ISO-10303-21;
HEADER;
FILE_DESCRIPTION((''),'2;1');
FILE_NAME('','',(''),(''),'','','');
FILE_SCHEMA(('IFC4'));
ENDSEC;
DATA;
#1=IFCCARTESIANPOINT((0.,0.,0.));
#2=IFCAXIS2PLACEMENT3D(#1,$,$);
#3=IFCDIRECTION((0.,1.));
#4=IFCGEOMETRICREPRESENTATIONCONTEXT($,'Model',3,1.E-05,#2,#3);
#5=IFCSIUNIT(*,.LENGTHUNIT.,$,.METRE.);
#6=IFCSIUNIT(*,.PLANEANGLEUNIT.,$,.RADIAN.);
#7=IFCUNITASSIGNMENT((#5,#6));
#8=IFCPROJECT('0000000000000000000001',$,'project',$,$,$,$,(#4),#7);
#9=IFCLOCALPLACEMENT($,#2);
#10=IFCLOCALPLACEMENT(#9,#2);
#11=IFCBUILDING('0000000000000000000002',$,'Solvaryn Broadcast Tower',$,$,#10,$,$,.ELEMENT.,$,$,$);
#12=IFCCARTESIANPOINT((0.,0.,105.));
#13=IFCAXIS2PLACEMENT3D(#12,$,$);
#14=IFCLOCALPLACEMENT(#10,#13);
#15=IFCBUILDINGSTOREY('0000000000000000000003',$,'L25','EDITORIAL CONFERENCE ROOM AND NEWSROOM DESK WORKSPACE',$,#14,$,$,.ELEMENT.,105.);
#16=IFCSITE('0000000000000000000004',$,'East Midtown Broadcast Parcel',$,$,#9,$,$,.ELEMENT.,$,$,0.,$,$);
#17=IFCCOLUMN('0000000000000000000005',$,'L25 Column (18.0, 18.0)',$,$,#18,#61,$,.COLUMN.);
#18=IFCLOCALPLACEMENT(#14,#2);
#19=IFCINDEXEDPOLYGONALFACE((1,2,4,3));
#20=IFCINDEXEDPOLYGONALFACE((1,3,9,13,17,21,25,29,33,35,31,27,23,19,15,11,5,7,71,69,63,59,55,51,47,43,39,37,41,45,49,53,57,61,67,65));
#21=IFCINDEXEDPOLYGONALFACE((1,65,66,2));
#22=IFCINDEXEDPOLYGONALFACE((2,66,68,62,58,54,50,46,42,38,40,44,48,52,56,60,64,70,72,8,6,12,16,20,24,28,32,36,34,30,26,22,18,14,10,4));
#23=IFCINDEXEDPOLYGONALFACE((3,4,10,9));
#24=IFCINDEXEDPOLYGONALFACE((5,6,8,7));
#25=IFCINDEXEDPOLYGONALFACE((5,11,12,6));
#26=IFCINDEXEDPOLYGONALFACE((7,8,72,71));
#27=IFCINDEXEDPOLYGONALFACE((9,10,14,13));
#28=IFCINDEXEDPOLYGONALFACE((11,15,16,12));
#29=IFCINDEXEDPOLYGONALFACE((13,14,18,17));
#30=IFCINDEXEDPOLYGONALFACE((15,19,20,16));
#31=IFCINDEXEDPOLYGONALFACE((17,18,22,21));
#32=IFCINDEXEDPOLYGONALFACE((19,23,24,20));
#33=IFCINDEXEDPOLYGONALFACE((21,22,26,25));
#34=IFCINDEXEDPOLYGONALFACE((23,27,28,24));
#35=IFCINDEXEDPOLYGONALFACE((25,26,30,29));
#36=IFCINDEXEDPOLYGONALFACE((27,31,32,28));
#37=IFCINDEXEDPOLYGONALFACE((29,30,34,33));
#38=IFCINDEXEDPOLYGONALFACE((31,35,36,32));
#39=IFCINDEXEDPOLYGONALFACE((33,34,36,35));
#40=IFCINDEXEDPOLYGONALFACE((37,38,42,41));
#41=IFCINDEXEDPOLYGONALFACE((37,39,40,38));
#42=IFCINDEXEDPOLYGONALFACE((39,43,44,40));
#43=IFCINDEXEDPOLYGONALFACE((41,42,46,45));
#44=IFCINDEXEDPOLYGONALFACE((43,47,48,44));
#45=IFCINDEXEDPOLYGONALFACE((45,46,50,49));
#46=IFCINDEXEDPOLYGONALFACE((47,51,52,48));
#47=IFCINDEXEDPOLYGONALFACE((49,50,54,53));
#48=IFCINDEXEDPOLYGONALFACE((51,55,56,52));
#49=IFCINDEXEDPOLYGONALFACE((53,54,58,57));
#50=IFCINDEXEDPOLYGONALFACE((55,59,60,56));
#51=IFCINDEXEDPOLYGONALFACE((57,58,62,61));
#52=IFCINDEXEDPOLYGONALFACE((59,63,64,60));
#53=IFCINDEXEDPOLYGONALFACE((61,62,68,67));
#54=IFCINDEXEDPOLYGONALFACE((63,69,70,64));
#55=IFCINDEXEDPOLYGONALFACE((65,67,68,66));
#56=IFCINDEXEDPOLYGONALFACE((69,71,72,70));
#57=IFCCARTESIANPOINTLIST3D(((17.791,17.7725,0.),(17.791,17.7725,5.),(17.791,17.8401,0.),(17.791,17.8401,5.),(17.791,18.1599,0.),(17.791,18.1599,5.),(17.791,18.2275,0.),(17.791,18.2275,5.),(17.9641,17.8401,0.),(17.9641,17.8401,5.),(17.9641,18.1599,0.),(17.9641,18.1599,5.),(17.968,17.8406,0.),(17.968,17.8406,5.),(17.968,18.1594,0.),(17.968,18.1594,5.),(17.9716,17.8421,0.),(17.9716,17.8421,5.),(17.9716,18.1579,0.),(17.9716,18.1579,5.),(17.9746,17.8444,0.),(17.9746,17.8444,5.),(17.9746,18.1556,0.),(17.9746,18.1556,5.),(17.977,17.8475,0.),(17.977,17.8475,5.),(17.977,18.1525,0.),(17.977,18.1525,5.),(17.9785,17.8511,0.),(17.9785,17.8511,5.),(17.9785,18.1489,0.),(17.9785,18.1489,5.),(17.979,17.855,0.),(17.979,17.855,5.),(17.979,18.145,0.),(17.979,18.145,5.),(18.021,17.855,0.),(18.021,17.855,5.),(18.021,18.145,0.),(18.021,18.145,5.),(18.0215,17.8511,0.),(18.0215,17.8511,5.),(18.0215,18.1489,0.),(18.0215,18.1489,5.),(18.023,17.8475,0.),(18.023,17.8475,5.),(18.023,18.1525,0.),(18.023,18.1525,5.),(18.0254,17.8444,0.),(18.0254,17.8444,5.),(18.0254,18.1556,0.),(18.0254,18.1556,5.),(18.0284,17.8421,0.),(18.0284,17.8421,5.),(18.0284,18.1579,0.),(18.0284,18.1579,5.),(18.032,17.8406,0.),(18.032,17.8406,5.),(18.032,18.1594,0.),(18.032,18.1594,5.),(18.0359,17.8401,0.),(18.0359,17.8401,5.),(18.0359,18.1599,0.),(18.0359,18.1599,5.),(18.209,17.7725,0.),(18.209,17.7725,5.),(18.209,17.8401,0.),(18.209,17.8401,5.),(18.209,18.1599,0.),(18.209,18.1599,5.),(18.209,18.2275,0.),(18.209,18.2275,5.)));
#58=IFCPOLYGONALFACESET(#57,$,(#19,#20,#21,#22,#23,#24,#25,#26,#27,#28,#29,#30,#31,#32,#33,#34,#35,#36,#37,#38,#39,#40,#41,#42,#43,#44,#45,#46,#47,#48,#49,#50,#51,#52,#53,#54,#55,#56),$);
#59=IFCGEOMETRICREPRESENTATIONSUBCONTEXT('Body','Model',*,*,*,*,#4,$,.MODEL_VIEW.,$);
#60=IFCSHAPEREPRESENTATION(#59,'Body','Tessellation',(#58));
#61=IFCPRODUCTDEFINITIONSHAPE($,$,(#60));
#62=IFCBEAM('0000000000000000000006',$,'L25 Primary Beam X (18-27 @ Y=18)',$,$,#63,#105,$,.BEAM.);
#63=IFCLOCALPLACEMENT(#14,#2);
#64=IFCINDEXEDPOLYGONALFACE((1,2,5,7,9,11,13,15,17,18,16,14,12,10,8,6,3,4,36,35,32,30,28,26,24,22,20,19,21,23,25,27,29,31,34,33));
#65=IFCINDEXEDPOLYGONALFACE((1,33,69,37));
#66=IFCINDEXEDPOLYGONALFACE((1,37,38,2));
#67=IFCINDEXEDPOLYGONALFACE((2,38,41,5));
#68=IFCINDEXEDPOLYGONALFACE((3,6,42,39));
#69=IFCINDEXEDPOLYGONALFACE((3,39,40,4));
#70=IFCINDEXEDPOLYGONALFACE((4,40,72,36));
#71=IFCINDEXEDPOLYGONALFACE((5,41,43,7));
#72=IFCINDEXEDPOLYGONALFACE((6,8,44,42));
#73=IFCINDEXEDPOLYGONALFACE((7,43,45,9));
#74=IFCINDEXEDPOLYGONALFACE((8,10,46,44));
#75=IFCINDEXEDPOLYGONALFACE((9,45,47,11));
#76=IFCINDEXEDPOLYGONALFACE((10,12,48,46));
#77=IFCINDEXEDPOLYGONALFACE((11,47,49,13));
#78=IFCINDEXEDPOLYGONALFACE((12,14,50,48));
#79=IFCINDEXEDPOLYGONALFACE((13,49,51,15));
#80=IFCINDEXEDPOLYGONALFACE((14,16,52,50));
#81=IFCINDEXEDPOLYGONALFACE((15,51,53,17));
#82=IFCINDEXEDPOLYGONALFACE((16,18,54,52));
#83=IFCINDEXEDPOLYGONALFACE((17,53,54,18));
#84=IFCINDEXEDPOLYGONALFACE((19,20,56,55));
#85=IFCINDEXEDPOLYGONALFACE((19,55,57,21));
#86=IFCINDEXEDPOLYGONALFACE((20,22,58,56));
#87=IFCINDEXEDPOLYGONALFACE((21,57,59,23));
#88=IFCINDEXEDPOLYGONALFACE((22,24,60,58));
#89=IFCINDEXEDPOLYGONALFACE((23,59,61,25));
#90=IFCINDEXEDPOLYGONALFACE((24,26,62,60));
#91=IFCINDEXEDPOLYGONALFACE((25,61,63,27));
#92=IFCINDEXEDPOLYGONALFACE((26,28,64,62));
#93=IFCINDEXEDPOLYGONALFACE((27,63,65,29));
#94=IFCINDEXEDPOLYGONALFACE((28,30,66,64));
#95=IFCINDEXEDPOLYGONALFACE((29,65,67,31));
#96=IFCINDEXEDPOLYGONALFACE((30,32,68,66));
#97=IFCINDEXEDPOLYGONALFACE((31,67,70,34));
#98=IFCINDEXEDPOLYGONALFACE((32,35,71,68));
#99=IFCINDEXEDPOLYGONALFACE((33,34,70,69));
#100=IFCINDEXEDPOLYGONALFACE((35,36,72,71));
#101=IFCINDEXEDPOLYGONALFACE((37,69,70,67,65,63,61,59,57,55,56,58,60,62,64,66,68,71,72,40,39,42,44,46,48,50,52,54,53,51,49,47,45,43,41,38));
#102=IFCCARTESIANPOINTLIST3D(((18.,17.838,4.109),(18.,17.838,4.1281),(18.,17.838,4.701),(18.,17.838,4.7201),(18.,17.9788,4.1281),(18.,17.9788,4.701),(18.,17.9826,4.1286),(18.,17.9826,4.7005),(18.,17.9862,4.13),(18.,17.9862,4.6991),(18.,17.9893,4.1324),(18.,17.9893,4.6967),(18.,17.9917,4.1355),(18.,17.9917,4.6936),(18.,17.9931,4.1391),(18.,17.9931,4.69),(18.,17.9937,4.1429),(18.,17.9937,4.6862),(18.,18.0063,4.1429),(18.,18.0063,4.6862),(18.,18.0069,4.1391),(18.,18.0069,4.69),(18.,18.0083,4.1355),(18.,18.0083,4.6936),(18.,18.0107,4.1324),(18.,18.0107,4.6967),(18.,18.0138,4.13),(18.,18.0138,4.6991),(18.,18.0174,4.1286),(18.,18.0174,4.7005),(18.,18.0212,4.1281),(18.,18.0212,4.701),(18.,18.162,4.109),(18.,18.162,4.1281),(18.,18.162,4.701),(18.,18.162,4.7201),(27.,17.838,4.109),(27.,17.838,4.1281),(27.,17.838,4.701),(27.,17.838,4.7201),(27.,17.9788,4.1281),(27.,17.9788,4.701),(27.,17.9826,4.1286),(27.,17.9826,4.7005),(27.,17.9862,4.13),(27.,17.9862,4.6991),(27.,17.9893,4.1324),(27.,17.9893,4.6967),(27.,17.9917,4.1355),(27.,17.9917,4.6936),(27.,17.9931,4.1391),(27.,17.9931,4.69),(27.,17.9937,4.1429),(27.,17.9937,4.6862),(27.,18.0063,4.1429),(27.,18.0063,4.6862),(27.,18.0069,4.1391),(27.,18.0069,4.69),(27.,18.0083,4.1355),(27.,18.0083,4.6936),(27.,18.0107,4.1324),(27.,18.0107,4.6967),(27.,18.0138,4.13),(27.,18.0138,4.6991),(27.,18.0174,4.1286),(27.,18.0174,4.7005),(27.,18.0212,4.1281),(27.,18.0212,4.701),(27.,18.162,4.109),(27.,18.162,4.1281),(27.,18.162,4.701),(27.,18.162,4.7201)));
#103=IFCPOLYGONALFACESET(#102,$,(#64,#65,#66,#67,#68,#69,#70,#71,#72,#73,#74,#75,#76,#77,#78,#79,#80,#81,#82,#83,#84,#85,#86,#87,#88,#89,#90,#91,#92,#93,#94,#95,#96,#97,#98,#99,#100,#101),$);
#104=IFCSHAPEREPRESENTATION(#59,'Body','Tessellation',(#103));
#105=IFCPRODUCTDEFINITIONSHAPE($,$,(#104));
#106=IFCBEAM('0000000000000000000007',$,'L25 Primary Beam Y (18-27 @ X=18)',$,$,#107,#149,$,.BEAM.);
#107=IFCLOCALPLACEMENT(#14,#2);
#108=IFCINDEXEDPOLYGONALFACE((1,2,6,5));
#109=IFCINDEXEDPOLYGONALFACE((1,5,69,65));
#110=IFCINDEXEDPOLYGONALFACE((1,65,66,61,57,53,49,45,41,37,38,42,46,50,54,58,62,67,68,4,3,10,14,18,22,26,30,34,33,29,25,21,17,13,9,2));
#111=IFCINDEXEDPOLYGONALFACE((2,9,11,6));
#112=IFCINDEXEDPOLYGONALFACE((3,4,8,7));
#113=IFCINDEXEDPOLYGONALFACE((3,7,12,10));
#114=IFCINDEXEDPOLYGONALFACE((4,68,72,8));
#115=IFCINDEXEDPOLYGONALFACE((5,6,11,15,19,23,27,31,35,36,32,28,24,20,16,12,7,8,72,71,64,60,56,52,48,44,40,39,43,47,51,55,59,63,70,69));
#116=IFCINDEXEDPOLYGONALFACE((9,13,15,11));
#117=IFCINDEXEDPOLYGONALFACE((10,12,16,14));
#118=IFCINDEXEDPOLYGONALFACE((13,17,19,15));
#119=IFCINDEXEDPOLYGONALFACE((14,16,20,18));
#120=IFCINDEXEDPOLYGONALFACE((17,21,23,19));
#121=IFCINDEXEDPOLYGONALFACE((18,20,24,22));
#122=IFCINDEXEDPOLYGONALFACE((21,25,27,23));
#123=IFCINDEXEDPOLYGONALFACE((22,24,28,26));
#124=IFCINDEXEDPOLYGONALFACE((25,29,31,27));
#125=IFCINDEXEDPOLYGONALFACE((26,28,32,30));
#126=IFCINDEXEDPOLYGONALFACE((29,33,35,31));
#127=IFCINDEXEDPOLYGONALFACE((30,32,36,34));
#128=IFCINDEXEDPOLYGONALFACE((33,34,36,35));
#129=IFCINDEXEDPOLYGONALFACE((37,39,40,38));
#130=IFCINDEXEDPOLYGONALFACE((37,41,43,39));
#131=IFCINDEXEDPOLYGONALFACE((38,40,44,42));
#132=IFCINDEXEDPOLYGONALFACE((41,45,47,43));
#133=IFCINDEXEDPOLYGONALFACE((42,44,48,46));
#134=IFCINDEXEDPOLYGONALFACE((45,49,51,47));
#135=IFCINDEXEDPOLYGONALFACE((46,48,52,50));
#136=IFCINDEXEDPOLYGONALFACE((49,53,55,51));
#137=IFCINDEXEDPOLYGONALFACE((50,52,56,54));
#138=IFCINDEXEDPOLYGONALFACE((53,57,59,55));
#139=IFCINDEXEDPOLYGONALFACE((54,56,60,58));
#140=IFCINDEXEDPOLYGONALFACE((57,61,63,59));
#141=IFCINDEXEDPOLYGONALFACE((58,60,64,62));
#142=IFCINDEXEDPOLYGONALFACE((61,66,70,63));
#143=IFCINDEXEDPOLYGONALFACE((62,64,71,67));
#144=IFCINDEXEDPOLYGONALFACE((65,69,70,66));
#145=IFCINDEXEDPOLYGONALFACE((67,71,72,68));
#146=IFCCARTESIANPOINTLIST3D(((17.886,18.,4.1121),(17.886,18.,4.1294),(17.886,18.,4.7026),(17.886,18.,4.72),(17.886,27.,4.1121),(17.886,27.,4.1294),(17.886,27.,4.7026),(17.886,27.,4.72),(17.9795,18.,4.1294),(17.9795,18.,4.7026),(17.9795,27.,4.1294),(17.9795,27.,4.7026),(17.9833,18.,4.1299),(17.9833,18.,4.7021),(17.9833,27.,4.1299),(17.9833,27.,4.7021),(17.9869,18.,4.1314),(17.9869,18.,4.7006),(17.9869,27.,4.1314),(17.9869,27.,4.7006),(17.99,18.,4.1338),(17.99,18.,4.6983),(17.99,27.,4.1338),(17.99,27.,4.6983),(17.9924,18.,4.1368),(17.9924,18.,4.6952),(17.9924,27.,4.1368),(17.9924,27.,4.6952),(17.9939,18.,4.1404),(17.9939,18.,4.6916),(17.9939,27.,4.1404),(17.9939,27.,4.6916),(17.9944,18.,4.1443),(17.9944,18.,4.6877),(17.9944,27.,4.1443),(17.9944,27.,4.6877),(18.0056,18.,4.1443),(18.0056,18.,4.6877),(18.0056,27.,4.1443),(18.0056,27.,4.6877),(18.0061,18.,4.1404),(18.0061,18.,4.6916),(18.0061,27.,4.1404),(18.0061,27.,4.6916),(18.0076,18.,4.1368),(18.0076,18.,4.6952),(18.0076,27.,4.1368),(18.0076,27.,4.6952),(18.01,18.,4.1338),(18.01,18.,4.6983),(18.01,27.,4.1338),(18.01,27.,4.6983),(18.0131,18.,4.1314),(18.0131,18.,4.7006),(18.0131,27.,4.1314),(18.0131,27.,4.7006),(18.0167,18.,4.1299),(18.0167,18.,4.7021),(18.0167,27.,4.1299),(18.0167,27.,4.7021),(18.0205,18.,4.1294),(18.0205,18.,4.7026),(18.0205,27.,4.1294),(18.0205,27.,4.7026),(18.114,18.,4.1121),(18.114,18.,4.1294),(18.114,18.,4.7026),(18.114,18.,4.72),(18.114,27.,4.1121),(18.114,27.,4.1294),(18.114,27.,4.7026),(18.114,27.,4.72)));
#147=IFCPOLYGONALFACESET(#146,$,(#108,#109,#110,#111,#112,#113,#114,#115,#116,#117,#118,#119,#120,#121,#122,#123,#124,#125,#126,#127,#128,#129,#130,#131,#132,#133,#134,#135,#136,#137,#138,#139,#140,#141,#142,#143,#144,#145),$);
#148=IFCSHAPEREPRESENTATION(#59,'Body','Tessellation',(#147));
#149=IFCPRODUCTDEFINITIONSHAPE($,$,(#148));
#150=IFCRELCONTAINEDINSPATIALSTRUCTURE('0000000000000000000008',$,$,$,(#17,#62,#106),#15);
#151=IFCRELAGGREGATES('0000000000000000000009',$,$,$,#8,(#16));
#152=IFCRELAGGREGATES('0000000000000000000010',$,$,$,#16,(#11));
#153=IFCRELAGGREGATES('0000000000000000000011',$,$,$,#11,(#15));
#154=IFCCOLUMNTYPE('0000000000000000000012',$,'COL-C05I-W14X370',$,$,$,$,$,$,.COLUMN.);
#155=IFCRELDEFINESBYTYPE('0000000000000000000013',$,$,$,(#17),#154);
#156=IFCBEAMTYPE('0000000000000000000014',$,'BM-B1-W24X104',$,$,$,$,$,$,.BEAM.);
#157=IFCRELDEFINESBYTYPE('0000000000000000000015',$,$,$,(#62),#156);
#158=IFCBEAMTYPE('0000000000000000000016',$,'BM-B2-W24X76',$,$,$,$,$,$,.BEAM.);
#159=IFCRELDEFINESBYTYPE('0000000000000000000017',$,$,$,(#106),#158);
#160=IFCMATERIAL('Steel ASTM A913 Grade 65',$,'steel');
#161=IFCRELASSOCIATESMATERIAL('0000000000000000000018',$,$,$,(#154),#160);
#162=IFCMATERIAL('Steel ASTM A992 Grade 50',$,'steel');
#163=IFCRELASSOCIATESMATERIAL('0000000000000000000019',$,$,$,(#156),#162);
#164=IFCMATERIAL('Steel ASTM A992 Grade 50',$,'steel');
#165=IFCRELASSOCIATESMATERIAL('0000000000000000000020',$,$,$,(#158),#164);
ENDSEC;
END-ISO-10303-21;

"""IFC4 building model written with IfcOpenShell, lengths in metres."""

from ifc_helpers import new_model, si_unit, direction, frame, origin, origin_2d, place, context, subcontext, project, spatial, i_section, extrude, material, material_profile, profile_set, type_object, element, save


model = new_model("IFC4")

# Units and contexts
model_context = context("Model", 3, precision=1e-05, world=origin(), true_north=direction((0.0, 1.0)))
body_context = subcontext(model_context, "Body", "Model", "MODEL_VIEW")
ifc_project = project(units=[si_unit("LENGTHUNIT", "METRE"), si_unit("PLANEANGLEUNIT", "RADIAN")], contexts=[model_context])

# Site, building, storey
site_placement = place(None, origin())
site = spatial("IfcSite", under=ifc_project, at=site_placement, Name="East Midtown Broadcast Parcel", CompositionType="ELEMENT", RefElevation=0.0)
building_placement = place(site_placement, origin())
building = spatial("IfcBuilding", under=site, at=building_placement, Name="Solvaryn Broadcast Tower", CompositionType="ELEMENT")
storey_placement = place(building_placement, frame((0.0, 0.0, 105.0)))
storey = spatial("IfcBuildingStorey", under=building, at=storey_placement, Name="L25", Description="EDITORIAL CONFERENCE ROOM AND NEWSROOM DESK WORKSPACE", CompositionType="ELEMENT", Elevation=105.0)

# Column
ifc_material_1 = material(Name="Steel ASTM A913 Grade 65", Category="steel")
ifc_material_profile_1 = material_profile(ifc_material_1, i_section(OverallWidth=0.418, OverallDepth=0.4551, WebThickness=0.042, FlangeThickness=0.0676, FilletRadius=0.0149, at=origin_2d()))
ifc_profile_set_1 = profile_set([ifc_material_profile_1], Name="Steel ASTM A913 Grade 65")
column_type = type_object("IfcColumnType", Name="COL-C05I-W14X370", PredefinedType="COLUMN", material=ifc_profile_set_1)
column_placement = place(storey_placement, frame((18.0, 18.0, 0.0), z_axis=(0.0, 0.0, 1.0), x_axis=(1.0, 0.0, 0.0)))
element("IfcColumn", 1, at=column_placement, inside=storey, type_object=column_type, Name="L25 Column (18.0, 18.0)", PredefinedType="COLUMN", context=body_context, shape_type="SweptSolid", body=[
    extrude(i_section(OverallWidth=0.418, OverallDepth=0.4551, WebThickness=0.042, FlangeThickness=0.0676, FilletRadius=0.0149, at=origin_2d()), origin(), (0.0, 0.0, 1.0), 5.0),
])

# Beams
ifc_material_2 = material(Name="Steel ASTM A992 Grade 50", Category="steel")
ifc_material_profile_2 = material_profile(ifc_material_2, i_section(OverallWidth=0.324, OverallDepth=0.6111, WebThickness=0.0127, FlangeThickness=0.019, FilletRadius=0.0149, at=origin_2d()))
ifc_profile_set_2 = profile_set([ifc_material_profile_2], Name="Steel ASTM A992 Grade 50")
beam_type_1 = type_object("IfcBeamType", Name="BM-B1-W24X104", PredefinedType="BEAM", material=ifc_profile_set_2)
beam_1_placement = place(storey_placement, frame((18.0, 18.0, 4.4146), z_axis=(1.0, 0.0, 0.0), x_axis=(0.0, 1.0, 0.0)))
element("IfcBeam", 2, at=beam_1_placement, inside=storey, type_object=beam_type_1, Name="L25 Primary Beam X (18-27 @ Y=18)", PredefinedType="BEAM", context=body_context, shape_type="SweptSolid", body=[
    extrude(i_section(OverallWidth=0.324, OverallDepth=0.6111, WebThickness=0.0127, FlangeThickness=0.019, FilletRadius=0.0149, at=origin_2d()), origin(), (0.0, 0.0, 1.0), 9.0),
])
ifc_material_3 = material(Name="Steel ASTM A992 Grade 50", Category="steel")
ifc_material_profile_3 = material_profile(ifc_material_3, i_section(OverallWidth=0.228, OverallDepth=0.6079, WebThickness=0.0112, FlangeThickness=0.0173, FilletRadius=0.0149, at=origin_2d()))
ifc_profile_set_3 = profile_set([ifc_material_profile_3], Name="Steel ASTM A992 Grade 50")
beam_type_2 = type_object("IfcBeamType", Name="BM-B2-W24X76", PredefinedType="BEAM", material=ifc_profile_set_3)
beam_2_placement = place(storey_placement, frame((18.0, 18.0, 4.416), z_axis=(0.0, 1.0, 0.0), x_axis=(-1.0, 0.0, 0.0)))
element("IfcBeam", 3, at=beam_2_placement, inside=storey, type_object=beam_type_2, Name="L25 Primary Beam Y (18-27 @ X=18)", PredefinedType="BEAM", context=body_context, shape_type="SweptSolid", body=[
    extrude(i_section(OverallWidth=0.228, OverallDepth=0.6079, WebThickness=0.0112, FlangeThickness=0.0173, FilletRadius=0.0149, at=origin_2d()), origin(), (0.0, 0.0, 1.0), 9.0),
])

save(model, "model.ifc")
